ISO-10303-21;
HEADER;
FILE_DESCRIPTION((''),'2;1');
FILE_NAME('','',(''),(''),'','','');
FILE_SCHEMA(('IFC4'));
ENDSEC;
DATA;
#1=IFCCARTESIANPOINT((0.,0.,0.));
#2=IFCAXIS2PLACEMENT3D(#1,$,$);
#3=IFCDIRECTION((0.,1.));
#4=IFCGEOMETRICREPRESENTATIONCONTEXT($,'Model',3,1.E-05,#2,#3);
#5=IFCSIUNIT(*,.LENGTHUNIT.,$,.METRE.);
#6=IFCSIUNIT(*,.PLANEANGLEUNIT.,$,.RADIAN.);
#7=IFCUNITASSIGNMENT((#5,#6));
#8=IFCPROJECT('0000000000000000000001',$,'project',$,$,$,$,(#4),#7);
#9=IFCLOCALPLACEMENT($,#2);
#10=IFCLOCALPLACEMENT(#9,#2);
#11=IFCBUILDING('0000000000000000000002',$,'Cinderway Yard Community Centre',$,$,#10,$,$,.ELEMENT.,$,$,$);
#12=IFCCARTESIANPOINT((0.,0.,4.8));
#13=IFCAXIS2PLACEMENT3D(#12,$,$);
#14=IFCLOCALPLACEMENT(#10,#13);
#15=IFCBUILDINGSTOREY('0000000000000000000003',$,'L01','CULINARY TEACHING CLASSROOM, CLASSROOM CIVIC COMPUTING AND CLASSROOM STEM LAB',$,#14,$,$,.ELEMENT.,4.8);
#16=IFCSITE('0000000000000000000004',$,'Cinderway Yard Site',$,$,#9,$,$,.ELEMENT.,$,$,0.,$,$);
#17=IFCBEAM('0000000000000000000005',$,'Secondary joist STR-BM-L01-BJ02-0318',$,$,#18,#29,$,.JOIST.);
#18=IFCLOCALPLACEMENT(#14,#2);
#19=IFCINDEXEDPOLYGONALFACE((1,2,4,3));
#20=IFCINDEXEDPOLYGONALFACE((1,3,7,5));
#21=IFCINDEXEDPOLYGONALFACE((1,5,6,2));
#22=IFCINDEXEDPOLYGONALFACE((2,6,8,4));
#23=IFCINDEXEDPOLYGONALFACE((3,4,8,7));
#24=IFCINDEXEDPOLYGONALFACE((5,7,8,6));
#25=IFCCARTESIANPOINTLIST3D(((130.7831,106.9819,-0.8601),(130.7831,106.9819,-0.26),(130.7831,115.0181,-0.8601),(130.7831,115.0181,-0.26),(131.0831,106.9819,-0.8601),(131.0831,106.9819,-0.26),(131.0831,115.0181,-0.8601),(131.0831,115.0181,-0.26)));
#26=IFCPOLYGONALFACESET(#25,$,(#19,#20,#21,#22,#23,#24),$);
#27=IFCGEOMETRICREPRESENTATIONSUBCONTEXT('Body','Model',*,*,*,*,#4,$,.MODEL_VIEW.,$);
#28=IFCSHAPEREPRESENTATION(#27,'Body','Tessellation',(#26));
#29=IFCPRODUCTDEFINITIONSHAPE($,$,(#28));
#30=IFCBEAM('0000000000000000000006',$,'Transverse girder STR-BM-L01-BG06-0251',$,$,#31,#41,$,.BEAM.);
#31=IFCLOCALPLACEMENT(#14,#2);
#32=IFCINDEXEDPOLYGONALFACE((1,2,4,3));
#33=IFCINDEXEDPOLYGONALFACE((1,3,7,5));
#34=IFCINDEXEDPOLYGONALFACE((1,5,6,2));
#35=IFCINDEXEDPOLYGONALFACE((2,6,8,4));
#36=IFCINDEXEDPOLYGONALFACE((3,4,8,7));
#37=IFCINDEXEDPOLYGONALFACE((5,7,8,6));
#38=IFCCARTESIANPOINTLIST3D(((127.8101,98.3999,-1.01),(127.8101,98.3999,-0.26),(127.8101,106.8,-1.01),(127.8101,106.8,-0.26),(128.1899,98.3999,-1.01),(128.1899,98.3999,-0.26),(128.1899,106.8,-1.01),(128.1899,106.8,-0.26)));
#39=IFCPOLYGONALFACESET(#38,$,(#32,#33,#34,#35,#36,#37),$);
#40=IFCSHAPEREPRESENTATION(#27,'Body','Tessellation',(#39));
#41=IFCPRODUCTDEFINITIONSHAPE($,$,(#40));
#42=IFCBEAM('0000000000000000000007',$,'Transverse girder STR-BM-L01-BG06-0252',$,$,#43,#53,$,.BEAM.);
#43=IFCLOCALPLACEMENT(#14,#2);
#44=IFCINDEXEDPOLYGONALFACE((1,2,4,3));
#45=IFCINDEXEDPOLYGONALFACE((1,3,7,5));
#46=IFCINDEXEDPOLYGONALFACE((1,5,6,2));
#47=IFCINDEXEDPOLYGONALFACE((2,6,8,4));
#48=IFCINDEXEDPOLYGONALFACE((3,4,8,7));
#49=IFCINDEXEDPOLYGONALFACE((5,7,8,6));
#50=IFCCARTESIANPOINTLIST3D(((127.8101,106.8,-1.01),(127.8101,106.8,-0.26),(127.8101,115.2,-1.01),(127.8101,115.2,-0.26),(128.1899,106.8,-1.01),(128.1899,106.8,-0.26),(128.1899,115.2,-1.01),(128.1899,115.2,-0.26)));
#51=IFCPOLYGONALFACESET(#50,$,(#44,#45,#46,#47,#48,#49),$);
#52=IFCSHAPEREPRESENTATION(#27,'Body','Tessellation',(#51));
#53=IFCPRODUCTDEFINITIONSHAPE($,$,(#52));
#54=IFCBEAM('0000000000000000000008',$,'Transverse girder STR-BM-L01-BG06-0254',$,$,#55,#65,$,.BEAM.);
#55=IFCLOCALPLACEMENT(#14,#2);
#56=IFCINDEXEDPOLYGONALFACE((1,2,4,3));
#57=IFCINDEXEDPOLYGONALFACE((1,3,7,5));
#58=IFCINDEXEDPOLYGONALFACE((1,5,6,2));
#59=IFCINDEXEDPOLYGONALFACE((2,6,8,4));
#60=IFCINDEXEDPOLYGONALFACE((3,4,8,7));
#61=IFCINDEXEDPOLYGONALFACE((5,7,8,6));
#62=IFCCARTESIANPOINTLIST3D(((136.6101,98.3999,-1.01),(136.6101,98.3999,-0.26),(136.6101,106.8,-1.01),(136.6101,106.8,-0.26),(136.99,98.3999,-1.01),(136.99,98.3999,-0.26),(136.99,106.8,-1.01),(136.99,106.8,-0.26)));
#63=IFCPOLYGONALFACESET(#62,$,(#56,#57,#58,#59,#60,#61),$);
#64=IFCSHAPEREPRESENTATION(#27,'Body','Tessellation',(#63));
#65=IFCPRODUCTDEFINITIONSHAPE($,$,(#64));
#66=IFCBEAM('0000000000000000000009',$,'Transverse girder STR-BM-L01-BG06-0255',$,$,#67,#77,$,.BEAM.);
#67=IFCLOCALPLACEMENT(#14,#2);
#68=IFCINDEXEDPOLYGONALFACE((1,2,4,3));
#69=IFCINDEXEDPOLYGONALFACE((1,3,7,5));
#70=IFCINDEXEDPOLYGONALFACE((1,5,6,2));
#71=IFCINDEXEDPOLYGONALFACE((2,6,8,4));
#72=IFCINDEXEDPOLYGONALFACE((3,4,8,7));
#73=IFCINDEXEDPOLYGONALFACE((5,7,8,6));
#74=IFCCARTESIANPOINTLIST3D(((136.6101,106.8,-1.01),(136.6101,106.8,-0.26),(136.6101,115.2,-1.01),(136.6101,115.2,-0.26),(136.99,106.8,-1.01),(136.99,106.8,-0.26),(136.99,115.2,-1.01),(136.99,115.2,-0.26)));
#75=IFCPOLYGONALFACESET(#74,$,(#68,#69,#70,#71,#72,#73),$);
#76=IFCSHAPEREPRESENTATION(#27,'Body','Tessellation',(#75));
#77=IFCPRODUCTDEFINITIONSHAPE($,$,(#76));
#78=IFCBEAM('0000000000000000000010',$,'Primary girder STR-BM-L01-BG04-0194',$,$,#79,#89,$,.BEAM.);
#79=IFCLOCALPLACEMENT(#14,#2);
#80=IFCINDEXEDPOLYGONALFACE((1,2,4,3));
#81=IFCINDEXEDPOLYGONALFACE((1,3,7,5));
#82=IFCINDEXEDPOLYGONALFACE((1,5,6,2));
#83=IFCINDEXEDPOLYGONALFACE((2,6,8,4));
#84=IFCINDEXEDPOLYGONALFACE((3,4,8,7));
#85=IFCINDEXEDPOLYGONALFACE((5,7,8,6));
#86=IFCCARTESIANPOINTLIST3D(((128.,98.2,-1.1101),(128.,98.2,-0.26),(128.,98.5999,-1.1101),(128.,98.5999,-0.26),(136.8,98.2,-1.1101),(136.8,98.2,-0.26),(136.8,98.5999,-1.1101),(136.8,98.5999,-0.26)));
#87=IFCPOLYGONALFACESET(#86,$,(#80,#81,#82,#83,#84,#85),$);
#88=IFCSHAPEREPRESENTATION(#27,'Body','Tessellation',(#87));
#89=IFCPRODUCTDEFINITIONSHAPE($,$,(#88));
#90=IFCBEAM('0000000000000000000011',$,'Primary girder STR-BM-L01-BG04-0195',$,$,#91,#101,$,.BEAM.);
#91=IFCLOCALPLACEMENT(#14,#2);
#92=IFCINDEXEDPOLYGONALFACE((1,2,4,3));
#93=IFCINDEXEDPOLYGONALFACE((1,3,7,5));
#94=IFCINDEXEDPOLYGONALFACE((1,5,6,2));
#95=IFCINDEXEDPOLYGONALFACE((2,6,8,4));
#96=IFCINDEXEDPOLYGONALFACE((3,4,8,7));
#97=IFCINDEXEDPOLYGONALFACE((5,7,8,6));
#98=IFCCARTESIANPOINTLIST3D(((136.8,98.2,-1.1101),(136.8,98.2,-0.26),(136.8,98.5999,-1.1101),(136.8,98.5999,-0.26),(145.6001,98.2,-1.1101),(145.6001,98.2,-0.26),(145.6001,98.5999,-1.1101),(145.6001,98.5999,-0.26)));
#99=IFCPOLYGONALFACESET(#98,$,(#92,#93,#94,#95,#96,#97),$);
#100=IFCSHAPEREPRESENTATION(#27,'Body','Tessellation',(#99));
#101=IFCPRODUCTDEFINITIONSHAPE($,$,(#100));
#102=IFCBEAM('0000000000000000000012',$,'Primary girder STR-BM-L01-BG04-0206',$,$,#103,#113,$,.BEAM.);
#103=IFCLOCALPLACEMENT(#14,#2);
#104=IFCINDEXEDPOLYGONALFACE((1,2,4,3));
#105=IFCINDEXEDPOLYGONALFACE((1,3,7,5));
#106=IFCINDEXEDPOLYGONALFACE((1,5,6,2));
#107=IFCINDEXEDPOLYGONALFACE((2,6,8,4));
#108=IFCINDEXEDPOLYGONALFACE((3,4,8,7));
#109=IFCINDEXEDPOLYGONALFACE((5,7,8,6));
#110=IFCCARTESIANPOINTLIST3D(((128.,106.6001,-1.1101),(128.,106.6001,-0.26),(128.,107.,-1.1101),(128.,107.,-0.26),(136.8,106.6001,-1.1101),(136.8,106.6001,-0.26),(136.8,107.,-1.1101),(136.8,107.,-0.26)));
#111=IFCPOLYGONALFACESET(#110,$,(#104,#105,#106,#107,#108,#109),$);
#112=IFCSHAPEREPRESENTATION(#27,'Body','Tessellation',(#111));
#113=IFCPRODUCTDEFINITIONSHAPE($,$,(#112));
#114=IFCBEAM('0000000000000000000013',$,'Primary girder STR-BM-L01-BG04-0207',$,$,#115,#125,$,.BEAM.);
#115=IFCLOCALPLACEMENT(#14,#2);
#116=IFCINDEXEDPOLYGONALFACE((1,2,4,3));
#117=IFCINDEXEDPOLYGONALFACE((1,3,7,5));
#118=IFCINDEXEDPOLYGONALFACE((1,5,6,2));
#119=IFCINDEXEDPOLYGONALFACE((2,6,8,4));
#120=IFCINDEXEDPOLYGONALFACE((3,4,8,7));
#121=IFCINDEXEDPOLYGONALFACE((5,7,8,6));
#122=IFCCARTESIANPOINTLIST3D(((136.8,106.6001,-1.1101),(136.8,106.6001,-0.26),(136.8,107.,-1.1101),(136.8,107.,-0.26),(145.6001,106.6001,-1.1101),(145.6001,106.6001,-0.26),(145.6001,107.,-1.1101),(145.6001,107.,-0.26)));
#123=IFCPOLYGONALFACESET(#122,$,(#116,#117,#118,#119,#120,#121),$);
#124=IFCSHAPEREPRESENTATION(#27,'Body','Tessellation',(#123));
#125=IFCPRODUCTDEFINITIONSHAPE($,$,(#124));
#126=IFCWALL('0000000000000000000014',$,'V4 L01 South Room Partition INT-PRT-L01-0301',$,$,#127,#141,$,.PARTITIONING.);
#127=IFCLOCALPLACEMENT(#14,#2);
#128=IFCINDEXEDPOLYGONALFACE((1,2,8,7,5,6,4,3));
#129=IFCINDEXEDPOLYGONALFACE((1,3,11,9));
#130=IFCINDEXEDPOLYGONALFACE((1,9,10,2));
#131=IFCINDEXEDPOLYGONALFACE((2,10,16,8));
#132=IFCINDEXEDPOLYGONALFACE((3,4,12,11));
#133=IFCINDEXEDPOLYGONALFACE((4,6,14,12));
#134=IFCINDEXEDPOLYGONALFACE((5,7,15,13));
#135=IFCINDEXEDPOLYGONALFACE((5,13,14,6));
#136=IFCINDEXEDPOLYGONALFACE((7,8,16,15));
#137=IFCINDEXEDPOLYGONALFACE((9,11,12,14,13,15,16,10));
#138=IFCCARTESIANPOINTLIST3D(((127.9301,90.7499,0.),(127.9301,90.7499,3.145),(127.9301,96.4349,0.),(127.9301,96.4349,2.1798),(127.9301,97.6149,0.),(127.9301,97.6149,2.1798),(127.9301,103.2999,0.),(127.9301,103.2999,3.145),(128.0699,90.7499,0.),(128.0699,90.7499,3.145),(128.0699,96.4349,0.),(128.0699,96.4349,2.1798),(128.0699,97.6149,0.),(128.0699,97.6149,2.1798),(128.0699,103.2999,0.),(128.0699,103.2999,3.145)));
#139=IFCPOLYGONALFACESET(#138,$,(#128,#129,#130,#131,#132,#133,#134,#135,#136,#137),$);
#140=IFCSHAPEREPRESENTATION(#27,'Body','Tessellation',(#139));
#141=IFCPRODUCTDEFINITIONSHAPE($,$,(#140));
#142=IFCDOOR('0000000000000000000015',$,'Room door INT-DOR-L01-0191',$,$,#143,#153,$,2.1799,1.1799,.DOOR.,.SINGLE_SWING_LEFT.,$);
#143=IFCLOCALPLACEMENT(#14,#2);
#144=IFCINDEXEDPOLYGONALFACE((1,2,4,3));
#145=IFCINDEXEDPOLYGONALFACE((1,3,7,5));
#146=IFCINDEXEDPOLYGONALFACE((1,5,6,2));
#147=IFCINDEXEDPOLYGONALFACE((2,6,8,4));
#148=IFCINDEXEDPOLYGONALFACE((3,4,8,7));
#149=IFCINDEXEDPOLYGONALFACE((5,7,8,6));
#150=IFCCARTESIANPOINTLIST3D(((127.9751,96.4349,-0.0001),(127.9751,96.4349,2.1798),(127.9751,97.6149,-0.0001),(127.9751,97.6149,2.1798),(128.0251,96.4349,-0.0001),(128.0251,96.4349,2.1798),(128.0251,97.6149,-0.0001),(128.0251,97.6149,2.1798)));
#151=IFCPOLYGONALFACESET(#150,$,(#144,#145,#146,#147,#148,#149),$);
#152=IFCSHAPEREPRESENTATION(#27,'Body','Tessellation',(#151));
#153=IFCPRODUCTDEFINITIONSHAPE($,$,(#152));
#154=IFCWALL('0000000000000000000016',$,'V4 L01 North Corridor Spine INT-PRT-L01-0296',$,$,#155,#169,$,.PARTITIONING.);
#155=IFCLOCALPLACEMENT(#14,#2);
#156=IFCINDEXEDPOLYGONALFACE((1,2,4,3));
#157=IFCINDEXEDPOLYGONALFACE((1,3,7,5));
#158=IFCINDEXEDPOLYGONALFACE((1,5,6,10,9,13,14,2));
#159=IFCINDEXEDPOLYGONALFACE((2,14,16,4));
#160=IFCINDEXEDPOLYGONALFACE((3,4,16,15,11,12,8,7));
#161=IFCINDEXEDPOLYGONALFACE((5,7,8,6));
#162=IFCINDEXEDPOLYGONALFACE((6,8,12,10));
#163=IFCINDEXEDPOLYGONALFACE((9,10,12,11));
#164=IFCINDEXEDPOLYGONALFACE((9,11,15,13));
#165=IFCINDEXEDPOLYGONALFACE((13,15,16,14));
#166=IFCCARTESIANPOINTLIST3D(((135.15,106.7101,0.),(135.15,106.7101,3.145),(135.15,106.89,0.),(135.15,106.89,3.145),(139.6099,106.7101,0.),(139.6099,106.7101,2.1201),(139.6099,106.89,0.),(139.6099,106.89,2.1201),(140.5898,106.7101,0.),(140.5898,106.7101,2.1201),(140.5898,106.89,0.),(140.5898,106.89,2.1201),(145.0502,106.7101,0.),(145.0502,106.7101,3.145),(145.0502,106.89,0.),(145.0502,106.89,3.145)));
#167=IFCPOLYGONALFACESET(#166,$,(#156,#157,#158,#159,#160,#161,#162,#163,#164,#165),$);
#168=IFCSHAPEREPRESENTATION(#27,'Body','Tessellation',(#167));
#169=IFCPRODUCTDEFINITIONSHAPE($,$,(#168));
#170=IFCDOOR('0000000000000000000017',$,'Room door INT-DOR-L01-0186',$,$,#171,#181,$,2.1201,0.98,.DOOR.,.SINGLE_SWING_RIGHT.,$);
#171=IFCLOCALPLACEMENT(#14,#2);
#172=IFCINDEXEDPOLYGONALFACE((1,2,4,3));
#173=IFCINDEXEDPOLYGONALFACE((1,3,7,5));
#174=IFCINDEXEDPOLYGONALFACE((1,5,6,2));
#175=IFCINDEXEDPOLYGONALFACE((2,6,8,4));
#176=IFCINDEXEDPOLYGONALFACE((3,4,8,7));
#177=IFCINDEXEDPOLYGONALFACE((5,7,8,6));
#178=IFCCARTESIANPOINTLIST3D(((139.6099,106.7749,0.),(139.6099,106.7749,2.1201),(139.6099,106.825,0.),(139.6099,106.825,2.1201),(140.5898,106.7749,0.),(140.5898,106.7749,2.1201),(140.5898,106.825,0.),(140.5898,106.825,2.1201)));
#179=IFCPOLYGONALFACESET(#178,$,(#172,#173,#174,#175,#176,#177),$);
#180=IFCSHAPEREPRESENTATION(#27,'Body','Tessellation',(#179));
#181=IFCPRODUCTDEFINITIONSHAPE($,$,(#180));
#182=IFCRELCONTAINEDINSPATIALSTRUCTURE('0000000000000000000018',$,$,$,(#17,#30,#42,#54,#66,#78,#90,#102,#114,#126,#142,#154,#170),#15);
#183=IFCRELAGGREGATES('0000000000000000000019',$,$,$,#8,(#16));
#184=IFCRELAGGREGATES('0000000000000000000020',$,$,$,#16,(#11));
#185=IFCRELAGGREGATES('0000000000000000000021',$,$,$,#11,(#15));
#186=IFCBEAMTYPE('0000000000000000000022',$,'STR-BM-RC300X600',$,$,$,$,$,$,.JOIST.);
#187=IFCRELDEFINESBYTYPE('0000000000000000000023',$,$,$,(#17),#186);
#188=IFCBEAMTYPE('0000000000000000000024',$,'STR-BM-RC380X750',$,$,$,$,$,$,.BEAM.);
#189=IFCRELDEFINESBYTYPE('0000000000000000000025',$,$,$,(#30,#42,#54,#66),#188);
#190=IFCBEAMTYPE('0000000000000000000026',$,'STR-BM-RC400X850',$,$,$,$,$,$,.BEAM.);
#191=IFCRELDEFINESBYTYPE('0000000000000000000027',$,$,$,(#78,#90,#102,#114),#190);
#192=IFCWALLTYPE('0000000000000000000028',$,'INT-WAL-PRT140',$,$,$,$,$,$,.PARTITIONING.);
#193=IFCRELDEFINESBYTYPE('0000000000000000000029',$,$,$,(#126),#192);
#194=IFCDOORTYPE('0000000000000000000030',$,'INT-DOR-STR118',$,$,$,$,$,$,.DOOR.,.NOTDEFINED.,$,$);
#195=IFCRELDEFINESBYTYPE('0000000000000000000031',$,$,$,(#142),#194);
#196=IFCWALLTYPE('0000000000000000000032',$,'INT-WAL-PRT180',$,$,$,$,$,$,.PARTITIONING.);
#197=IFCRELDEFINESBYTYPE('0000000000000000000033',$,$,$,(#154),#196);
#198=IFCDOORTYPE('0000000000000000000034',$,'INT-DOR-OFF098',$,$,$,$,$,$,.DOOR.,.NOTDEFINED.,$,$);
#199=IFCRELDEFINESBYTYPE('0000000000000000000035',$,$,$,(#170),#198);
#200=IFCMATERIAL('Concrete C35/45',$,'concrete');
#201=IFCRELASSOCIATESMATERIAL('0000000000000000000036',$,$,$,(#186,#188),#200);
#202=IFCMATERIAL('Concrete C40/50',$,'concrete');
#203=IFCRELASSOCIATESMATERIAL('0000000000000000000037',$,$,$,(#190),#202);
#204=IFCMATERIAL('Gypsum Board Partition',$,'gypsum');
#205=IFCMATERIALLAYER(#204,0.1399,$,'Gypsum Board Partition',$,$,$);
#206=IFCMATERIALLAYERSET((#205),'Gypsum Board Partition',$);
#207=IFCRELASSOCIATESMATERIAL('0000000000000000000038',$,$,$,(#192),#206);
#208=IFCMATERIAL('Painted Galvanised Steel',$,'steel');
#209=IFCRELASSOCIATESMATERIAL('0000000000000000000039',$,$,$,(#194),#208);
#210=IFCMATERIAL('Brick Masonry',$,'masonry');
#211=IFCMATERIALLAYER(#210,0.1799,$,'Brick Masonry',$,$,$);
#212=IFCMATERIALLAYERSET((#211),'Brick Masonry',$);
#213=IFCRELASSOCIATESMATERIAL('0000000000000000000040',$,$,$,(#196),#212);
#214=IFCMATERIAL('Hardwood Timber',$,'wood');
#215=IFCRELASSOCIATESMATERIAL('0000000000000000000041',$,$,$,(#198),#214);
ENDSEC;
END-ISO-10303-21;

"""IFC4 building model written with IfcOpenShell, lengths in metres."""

from ifc_helpers import new_model, si_unit, direction, frame, frame_2d, origin, origin_2d, place, context, subcontext, project, spatial, rectangle, extrude, material, layer, layer_set, material_profile, profile_set, type_object, element, fill, save


model = new_model("IFC4")

# Units and contexts
model_context = context("Model", 3, precision=1e-05, world=origin(), true_north=direction((0.0, 1.0)))
body_context = subcontext(model_context, "Body", "Model", "MODEL_VIEW")
ifc_project = project(units=[si_unit("LENGTHUNIT", "METRE"), si_unit("PLANEANGLEUNIT", "RADIAN")], contexts=[model_context])

# Site, building, storey
site_placement = place(None, origin())
site = spatial("IfcSite", under=ifc_project, at=site_placement, Name="Cinderway Yard Site", CompositionType="ELEMENT", RefElevation=0.0)
building_placement = place(site_placement, origin())
building = spatial("IfcBuilding", under=site, at=building_placement, Name="Cinderway Yard Community Centre", CompositionType="ELEMENT")
storey_placement = place(building_placement, frame((0.0, 0.0, 4.8)))
storey = spatial("IfcBuildingStorey", under=building, at=storey_placement, Name="L01", Description="CULINARY TEACHING CLASSROOM, CLASSROOM CIVIC COMPUTING AND CLASSROOM STEM LAB", CompositionType="ELEMENT", Elevation=4.8)

# Shared definitions
ifc_material_1 = material(Name="Concrete C40/50", Category="concrete")

# Beams
ifc_material_2 = material(Name="Concrete C35/45", Category="concrete")
ifc_material_profile_1 = material_profile(ifc_material_2, rectangle(XDim=0.3, YDim=0.6001, at=origin_2d()), Name="Concrete C35/45")
ifc_profile_set_1 = profile_set([ifc_material_profile_1], Name="Concrete C35/45")
beam_type_1 = type_object("IfcBeamType", Name="STR-BM-RC300X600", PredefinedType="JOIST", material=ifc_profile_set_1)
beam_1_placement = place(storey_placement, frame((130.9331, 106.9819, -0.5601), z_axis=(0.0, 1.0, 0.0), x_axis=(-1.0, 0.0, 0.0)))
element("IfcBeam", 1, at=beam_1_placement, inside=storey, type_object=beam_type_1, Name="Secondary joist STR-BM-L01-BJ02-0318", PredefinedType="JOIST", context=body_context, shape_type="SweptSolid", body=[
    extrude(rectangle(XDim=0.3, YDim=0.6001, at=origin_2d()), origin(), (0.0, 0.0, 1.0), 8.0361),
])
ifc_material_profile_2 = material_profile(ifc_material_2, rectangle(XDim=0.3799, YDim=0.75, at=origin_2d()), Name="Concrete C35/45")
ifc_profile_set_2 = profile_set([ifc_material_profile_2], Name="Concrete C35/45")
beam_type_2 = type_object("IfcBeamType", Name="STR-BM-RC380X750", PredefinedType="BEAM", material=ifc_profile_set_2)
beam_2_placement = place(storey_placement, frame((128.0, 98.3999, -0.635), z_axis=(0.0, 1.0, 0.0), x_axis=(-1.0, 0.0, 0.0)))
element("IfcBeam", 2, at=beam_2_placement, inside=storey, type_object=beam_type_2, Name="Transverse girder STR-BM-L01-BG06-0251", PredefinedType="BEAM", context=body_context, shape_type="SweptSolid", body=[
    extrude(rectangle(XDim=0.3799, YDim=0.75, at=origin_2d()), origin(), (0.0, 0.0, 1.0), 8.4001),
])
beam_3_placement = place(storey_placement, frame((128.0, 106.8, -0.635), z_axis=(0.0, 1.0, 0.0), x_axis=(-1.0, 0.0, 0.0)))
element("IfcBeam", 3, at=beam_3_placement, inside=storey, type_object=beam_type_2, Name="Transverse girder STR-BM-L01-BG06-0252", PredefinedType="BEAM", context=body_context, shape_type="SweptSolid", body=[
    extrude(rectangle(XDim=0.3799, YDim=0.75, at=origin_2d()), origin(), (0.0, 0.0, 1.0), 8.3999),
])
beam_4_placement = place(storey_placement, frame((136.8, 98.3999, -0.635), z_axis=(0.0, 1.0, 0.0), x_axis=(-1.0, 0.0, 0.0)))
element("IfcBeam", 4, at=beam_4_placement, inside=storey, type_object=beam_type_2, Name="Transverse girder STR-BM-L01-BG06-0254", PredefinedType="BEAM", context=body_context, shape_type="SweptSolid", body=[
    extrude(rectangle(XDim=0.3799, YDim=0.75, at=origin_2d()), origin(), (0.0, 0.0, 1.0), 8.4001),
])
beam_5_placement = place(storey_placement, frame((136.8, 106.8, -0.635), z_axis=(0.0, 1.0, 0.0), x_axis=(-1.0, 0.0, 0.0)))
element("IfcBeam", 5, at=beam_5_placement, inside=storey, type_object=beam_type_2, Name="Transverse girder STR-BM-L01-BG06-0255", PredefinedType="BEAM", context=body_context, shape_type="SweptSolid", body=[
    extrude(rectangle(XDim=0.3799, YDim=0.75, at=origin_2d()), origin(), (0.0, 0.0, 1.0), 8.3999),
])
ifc_material_profile_3 = material_profile(ifc_material_1, rectangle(XDim=0.3999, YDim=0.8501, at=origin_2d()), Name="Concrete C40/50")
ifc_profile_set_3 = profile_set([ifc_material_profile_3], Name="Concrete C40/50")
beam_type_3 = type_object("IfcBeamType", Name="STR-BM-RC400X850", PredefinedType="BEAM", material=ifc_profile_set_3)
for number, where, z_axis, x_axis, name in (
    (6, (128.0, 98.3999, -0.6851), (1.0, 0.0, 0.0), (0.0, 1.0, 0.0), "Primary girder STR-BM-L01-BG04-0194"),
    (7, (136.8, 98.3999, -0.6851), (1.0, 0.0, 0.0), (0.0, 1.0, 0.0), "Primary girder STR-BM-L01-BG04-0195"),
    (8, (128.0, 106.8, -0.6851), (1.0, 0.0, 0.0), (0.0, 1.0, 0.0), "Primary girder STR-BM-L01-BG04-0206"),
    (9, (136.8, 106.8, -0.6851), (1.0, 0.0, 0.0), (0.0, 1.0, 0.0), "Primary girder STR-BM-L01-BG04-0207"),
):
    element("IfcBeam", number, at=place(storey_placement, frame(where, z_axis=z_axis, x_axis=x_axis)), inside=storey, type_object=beam_type_3, Name=name, PredefinedType="BEAM", context=body_context, shape_type="SweptSolid", body=[
        extrude(rectangle(XDim=0.3999, YDim=0.8501, at=origin_2d()), origin(), (0.0, 0.0, 1.0), 8.8),
    ])

# Walls, openings, doors
ifc_material_3 = material(Name="Gypsum Board Partition", Category="gypsum")
ifc_layer_1 = layer(ifc_material_3, 0.1399, Name="Gypsum Board Partition")
ifc_layer_set_1 = layer_set([ifc_layer_1], Name="Gypsum Board Partition")
wall_type_1 = type_object("IfcWallType", Name="INT-WAL-PRT140", PredefinedType="PARTITIONING", material=ifc_layer_set_1)
wall_1_placement = place(storey_placement, frame((128.0, 90.75, 0.0), z_axis=(0.0, 0.0, 1.0), x_axis=(0.0, 1.0, 0.0)))
wall_1 = element("IfcWall", 10, at=wall_1_placement, inside=storey, type_object=wall_type_1, Name="V4 L01 South Room Partition INT-PRT-L01-0301", PredefinedType="PARTITIONING", context=body_context, shape_type="SweptSolid", body=[
    extrude(rectangle(XDim=12.55, YDim=0.1399, at=frame_2d((6.2749, 0.0))), origin(), (0.0, 0.0, 1.0), 3.145),
])
opening_1_placement = place(wall_1_placement, frame((5.6851, 0.0, 0.0)))
opening_1 = element("IfcOpeningElement", 11, at=opening_1_placement, cuts=wall_1, PredefinedType="OPENING", context=body_context, shape_type="SweptSolid", body=[
    extrude(rectangle(XDim=1.1799, YDim=2.1799, at=frame_2d((0.5898, 1.0898))), frame((0.0, 0.0798, 0.0), z_axis=(0.0, -1.0, 0.0), x_axis=(1.0, 0.0, 0.0)), (0.0, 0.0, 1.0), 0.1599),
])
ifc_material_4 = material(Name="Painted Galvanised Steel", Category="steel")
door_type_1 = type_object("IfcDoorType", Name="INT-DOR-STR118", OperationType="NOTDEFINED", PredefinedType="DOOR", material=ifc_material_4)
door_1_placement = place(opening_1_placement, origin())
door_1 = element("IfcDoor", 12, at=door_1_placement, inside=storey, type_object=door_type_1, Name="Room door INT-DOR-L01-0191", OperationType="SINGLE_SWING_LEFT", OverallHeight=2.1799, OverallWidth=1.1799, PredefinedType="DOOR", context=body_context, shape_type="SweptSolid", body=[
    extrude(rectangle(XDim=1.1799, YDim=2.1799, at=frame_2d((0.5898, 1.0898))), frame((0.0, 0.0249, 0.0), z_axis=(0.0, -1.0, 0.0), x_axis=(1.0, 0.0, 0.0)), (0.0, 0.0, 1.0), 0.05),
])
fill(opening_1, door_1)
ifc_material_5 = material(Name="Brick Masonry", Category="masonry")
ifc_layer_2 = layer(ifc_material_5, 0.1799, Name="Brick Masonry")
ifc_layer_set_2 = layer_set([ifc_layer_2], Name="Brick Masonry")
wall_type_2 = type_object("IfcWallType", Name="INT-WAL-PRT180", PredefinedType="PARTITIONING", material=ifc_layer_set_2)
wall_2_placement = place(storey_placement, frame((135.1499, 106.8, 0.0), z_axis=(0.0, 0.0, 1.0), x_axis=(1.0, 0.0, 0.0)))
wall_2 = element("IfcWall", 13, at=wall_2_placement, inside=storey, type_object=wall_type_2, Name="V4 L01 North Corridor Spine INT-PRT-L01-0296", PredefinedType="PARTITIONING", context=body_context, shape_type="SweptSolid", body=[
    extrude(rectangle(XDim=9.9001, YDim=0.1799, at=frame_2d((4.9502, 0.0))), origin(), (0.0, 0.0, 1.0), 3.145),
])
opening_2_placement = place(wall_2_placement, frame((4.46, 0.0, 0.0)))
opening_2 = element("IfcOpeningElement", 14, at=opening_2_placement, cuts=wall_2, PredefinedType="OPENING", context=body_context, shape_type="SweptSolid", body=[
    extrude(rectangle(XDim=0.98, YDim=2.1201, at=frame_2d((0.49, 1.0601))), frame((0.0, 0.0999, 0.0), z_axis=(0.0, -1.0, 0.0), x_axis=(1.0, 0.0, 0.0)), (0.0, 0.0, 1.0), 0.2),
])
ifc_material_6 = material(Name="Hardwood Timber", Category="wood")
door_type_2 = type_object("IfcDoorType", Name="INT-DOR-OFF098", OperationType="NOTDEFINED", PredefinedType="DOOR", material=ifc_material_6)
door_2_placement = place(opening_2_placement, origin())
door_2 = element("IfcDoor", 15, at=door_2_placement, inside=storey, type_object=door_type_2, Name="Room door INT-DOR-L01-0186", OperationType="SINGLE_SWING_RIGHT", OverallHeight=2.1201, OverallWidth=0.98, PredefinedType="DOOR", context=body_context, shape_type="SweptSolid", body=[
    extrude(rectangle(XDim=0.98, YDim=2.1201, at=frame_2d((0.49, 1.0601))), frame((0.0, 0.0249, 0.0), z_axis=(0.0, -1.0, 0.0), x_axis=(1.0, 0.0, 0.0)), (0.0, 0.0, 1.0), 0.05),
])
fill(opening_2, door_2)

save(model, "model.ifc")
